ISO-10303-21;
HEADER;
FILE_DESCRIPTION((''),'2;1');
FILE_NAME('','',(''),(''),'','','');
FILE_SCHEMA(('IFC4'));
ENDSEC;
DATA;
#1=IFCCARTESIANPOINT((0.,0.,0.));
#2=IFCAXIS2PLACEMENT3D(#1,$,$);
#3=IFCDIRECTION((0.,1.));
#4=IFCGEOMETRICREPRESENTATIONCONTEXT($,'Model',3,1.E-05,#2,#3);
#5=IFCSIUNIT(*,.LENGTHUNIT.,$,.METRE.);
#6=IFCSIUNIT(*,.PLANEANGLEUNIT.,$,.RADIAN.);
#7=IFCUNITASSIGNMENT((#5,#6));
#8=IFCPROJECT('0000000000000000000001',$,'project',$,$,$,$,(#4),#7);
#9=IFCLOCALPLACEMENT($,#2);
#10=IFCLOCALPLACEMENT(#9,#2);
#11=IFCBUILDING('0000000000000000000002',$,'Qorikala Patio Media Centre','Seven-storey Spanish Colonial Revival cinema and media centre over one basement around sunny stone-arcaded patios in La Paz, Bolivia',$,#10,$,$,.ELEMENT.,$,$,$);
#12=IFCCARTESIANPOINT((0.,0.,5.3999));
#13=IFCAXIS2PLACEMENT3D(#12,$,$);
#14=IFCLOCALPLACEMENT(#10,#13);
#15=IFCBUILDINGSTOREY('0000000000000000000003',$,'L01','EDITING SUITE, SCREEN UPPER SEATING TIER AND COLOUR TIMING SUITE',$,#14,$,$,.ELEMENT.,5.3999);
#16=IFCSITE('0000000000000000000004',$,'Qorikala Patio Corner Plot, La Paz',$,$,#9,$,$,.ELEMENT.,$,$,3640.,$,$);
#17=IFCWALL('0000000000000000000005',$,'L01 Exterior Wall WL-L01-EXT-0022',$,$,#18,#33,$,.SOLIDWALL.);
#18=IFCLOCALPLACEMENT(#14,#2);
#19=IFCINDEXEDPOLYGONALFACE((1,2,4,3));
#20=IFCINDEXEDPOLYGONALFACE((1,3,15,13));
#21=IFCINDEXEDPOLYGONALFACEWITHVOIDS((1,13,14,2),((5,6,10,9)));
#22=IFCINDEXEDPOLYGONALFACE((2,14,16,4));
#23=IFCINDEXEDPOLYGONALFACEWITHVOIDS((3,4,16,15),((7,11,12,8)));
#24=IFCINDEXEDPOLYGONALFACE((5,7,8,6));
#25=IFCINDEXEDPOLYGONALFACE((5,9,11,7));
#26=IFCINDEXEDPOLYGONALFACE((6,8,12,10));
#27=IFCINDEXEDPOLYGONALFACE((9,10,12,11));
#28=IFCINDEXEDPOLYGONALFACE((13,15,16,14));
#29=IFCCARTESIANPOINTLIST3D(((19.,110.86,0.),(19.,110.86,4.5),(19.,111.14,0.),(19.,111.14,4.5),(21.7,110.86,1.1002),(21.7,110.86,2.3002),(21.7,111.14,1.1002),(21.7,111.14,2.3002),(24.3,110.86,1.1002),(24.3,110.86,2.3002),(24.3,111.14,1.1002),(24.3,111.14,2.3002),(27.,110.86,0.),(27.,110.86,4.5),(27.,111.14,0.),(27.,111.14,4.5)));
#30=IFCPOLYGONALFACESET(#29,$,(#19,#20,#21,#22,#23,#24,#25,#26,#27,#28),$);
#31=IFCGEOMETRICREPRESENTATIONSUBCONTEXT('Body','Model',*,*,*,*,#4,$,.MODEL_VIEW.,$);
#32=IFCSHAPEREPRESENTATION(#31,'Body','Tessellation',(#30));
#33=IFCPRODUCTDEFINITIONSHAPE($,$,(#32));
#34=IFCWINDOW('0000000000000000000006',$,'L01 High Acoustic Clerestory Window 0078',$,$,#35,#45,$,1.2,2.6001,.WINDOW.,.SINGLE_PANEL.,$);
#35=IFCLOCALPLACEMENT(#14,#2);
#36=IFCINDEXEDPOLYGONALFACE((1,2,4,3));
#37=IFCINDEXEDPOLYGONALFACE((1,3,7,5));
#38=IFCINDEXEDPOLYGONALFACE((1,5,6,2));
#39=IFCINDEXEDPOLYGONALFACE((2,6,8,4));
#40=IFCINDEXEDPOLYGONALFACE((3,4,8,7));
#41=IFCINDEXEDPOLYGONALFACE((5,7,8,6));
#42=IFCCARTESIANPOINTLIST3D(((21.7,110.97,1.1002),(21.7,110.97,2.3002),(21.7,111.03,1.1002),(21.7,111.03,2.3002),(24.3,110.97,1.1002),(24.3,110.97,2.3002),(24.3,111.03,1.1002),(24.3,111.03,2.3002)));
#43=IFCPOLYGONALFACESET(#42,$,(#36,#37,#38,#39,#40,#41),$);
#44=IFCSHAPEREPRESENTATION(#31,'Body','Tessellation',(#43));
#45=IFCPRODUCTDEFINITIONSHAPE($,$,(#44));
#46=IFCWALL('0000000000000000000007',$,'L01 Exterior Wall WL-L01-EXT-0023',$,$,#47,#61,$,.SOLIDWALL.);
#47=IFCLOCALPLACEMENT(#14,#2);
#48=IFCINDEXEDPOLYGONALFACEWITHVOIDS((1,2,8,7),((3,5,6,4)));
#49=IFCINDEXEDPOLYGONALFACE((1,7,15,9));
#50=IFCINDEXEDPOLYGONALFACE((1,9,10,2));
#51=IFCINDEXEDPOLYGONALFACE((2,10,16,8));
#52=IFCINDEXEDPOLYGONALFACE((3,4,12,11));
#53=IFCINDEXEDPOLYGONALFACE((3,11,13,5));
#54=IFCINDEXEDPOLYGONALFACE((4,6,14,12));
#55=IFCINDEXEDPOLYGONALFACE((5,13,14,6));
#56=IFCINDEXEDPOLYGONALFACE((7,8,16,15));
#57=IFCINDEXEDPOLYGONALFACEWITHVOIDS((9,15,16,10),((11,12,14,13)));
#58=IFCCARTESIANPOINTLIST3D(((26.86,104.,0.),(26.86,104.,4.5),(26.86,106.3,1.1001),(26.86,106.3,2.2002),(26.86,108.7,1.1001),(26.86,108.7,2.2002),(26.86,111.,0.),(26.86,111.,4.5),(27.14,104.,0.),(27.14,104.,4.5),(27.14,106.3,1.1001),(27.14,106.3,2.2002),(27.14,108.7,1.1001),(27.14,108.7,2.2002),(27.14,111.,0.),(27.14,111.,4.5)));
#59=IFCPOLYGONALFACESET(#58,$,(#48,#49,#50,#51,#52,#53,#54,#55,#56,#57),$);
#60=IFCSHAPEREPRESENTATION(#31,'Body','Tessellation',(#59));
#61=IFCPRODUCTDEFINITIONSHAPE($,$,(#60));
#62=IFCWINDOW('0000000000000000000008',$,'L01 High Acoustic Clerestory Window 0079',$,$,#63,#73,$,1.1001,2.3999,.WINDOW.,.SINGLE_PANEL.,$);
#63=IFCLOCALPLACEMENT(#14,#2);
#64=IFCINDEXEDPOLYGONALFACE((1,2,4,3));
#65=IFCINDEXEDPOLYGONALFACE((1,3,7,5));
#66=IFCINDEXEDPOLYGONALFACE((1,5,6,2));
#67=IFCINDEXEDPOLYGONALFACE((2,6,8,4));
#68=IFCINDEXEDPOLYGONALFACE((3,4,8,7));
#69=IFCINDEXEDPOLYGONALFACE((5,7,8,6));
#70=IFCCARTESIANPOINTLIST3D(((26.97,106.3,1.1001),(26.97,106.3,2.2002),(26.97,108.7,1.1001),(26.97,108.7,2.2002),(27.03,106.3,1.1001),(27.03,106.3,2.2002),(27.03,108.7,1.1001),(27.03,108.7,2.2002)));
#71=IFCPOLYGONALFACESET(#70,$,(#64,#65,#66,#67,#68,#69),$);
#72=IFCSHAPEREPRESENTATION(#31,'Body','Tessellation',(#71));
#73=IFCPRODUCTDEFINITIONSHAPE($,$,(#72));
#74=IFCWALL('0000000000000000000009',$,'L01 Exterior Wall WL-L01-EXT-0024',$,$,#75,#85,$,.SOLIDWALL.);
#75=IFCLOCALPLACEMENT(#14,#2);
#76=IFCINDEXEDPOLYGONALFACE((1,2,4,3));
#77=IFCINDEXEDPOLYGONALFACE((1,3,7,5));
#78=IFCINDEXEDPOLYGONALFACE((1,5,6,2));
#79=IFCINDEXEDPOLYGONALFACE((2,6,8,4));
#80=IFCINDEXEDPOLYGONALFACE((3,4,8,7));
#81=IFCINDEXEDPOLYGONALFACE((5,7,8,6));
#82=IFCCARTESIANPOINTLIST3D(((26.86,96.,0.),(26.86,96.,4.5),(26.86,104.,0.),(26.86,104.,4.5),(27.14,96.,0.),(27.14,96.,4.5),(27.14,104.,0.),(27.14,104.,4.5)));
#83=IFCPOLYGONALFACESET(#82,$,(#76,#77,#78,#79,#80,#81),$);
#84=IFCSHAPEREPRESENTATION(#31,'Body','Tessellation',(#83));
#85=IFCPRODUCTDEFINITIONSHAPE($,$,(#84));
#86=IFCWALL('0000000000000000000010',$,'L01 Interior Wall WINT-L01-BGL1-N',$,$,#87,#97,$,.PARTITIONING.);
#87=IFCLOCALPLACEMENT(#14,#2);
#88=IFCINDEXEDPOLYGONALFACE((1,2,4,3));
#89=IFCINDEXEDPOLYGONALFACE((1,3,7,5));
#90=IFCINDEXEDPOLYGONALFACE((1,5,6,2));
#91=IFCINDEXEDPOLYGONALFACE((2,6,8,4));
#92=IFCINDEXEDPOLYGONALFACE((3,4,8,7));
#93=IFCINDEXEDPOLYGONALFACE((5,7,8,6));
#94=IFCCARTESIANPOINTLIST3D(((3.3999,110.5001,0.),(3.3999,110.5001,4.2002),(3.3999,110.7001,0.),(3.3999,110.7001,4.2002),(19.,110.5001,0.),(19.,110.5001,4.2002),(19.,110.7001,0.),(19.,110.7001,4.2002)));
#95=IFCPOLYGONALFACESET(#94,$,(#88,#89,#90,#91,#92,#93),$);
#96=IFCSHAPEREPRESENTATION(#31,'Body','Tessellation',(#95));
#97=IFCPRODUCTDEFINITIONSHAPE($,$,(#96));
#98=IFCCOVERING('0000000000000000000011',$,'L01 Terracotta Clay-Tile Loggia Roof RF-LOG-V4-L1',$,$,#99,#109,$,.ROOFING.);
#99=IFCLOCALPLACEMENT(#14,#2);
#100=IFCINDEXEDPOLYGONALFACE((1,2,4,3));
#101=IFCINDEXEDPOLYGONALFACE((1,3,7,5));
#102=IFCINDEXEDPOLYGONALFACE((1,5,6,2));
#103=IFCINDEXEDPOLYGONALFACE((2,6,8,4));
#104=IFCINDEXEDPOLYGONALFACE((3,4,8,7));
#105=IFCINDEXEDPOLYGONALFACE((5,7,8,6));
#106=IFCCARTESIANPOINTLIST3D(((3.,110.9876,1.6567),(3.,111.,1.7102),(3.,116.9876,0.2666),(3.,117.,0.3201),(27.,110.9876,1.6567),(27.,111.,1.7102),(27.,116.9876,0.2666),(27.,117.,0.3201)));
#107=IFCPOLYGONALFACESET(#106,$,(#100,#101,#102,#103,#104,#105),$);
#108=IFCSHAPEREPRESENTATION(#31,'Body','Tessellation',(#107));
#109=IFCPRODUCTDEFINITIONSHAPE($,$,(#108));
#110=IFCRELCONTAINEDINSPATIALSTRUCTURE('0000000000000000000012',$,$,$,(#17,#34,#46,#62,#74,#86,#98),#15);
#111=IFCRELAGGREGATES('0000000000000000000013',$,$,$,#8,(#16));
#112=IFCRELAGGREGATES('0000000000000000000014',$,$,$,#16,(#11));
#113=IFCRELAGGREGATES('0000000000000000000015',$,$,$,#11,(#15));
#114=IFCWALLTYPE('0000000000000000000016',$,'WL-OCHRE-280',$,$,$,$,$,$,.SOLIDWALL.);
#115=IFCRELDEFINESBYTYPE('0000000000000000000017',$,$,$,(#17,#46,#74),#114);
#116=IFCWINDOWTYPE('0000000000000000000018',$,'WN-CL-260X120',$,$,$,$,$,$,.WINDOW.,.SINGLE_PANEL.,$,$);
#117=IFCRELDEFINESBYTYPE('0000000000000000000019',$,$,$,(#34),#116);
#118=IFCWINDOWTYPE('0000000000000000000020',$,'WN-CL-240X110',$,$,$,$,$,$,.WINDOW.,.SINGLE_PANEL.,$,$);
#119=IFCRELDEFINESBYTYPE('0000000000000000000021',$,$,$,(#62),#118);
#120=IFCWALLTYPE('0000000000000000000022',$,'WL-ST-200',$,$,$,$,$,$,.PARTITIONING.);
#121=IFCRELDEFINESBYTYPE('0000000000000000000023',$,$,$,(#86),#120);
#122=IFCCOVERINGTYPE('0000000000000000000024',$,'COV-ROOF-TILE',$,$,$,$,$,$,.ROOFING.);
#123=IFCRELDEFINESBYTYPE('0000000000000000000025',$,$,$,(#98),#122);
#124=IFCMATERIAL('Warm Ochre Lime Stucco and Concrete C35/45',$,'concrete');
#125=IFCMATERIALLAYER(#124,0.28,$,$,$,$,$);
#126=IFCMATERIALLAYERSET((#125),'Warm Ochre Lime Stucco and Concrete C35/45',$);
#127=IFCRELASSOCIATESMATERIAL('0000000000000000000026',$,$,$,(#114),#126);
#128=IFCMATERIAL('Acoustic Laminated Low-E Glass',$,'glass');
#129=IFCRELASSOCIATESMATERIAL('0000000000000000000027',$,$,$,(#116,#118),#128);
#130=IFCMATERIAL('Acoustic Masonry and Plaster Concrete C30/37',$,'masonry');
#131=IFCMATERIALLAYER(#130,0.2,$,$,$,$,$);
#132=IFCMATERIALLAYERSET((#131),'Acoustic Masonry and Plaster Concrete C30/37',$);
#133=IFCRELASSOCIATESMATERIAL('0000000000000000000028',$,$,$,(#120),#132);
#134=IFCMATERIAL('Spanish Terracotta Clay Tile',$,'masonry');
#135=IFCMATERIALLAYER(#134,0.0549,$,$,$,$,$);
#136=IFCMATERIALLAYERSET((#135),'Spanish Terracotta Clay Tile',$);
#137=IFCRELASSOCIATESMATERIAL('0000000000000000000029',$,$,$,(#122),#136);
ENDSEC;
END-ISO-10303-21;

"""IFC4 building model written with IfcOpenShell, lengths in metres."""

from ifc_helpers import new_model, si_unit, direction, frame, frame_2d, origin, place, context, subcontext, project, spatial, polyline, rectangle, outline, extrude, material, layer, layer_set, type_object, element, fill, save


model = new_model("IFC4")

# Units and contexts
model_context = context("Model", 3, precision=1e-05, world=origin(), true_north=direction((0.0, 1.0)))
body_context = subcontext(model_context, "Body", "Model", "MODEL_VIEW")
ifc_project = project(units=[si_unit("LENGTHUNIT", "METRE"), si_unit("PLANEANGLEUNIT", "RADIAN")], contexts=[model_context])

# Site, building, storey
site_placement = place(None, origin())
site = spatial("IfcSite", under=ifc_project, at=site_placement, Name="Qorikala Patio Corner Plot, La Paz", CompositionType="ELEMENT", RefElevation=3640.0)
building_placement = place(site_placement, origin())
building = spatial("IfcBuilding", under=site, at=building_placement, Name="Qorikala Patio Media Centre", Description="Seven-storey Spanish Colonial Revival cinema and media centre over one basement around sunny stone-arcaded patios in La Paz, Bolivia", CompositionType="ELEMENT")
storey_placement = place(building_placement, frame((0.0, 0.0, 5.3999)))
storey = spatial("IfcBuildingStorey", under=building, at=storey_placement, Name="L01", Description="EDITING SUITE, SCREEN UPPER SEATING TIER AND COLOUR TIMING SUITE", CompositionType="ELEMENT", Elevation=5.3999)

# Shared definitions
ifc_material_1 = material(Name="Warm Ochre Lime Stucco and Concrete C35/45", Category="concrete")
ifc_layer_1 = layer(ifc_material_1, 0.28)
ifc_layer_set_1 = layer_set([ifc_layer_1], Name="Warm Ochre Lime Stucco and Concrete C35/45")
wall_type_1 = type_object("IfcWallType", Name="WL-OCHRE-280", PredefinedType="SOLIDWALL", material=ifc_layer_set_1)
ifc_material_2 = material(Name="Acoustic Laminated Low-E Glass", Category="glass")

# Walls, openings, windows
wall_1_placement = place(storey_placement, frame((19.0, 111.0, 0.0), z_axis=(0.0, 0.0, 1.0), x_axis=(1.0, 0.0, 0.0)))
wall_1 = element("IfcWall", 1, at=wall_1_placement, inside=storey, type_object=wall_type_1, Name="L01 Exterior Wall WL-L01-EXT-0022", PredefinedType="SOLIDWALL", context=body_context, shape_type="SweptSolid", body=[
    extrude(rectangle(XDim=8.0, YDim=0.28, at=frame_2d((4.0, 0.0))), origin(), (0.0, 0.0, 1.0), 4.5),
])
opening_1_placement = place(wall_1_placement, frame((2.7, 0.0, 1.1001)))
opening_1 = element("IfcOpeningElement", 2, at=opening_1_placement, cuts=wall_1, PredefinedType="OPENING", context=body_context, shape_type="SweptSolid", body=[
    extrude(rectangle(XDim=2.6001, YDim=1.2, at=frame_2d((1.3, 0.6001))), frame((0.0, 0.1499, 0.0), z_axis=(0.0, -1.0, 0.0), x_axis=(1.0, 0.0, 0.0)), (0.0, 0.0, 1.0), 0.3),
])
window_type_1 = type_object("IfcWindowType", Name="WN-CL-260X120", PartitioningType="SINGLE_PANEL", PredefinedType="WINDOW", material=ifc_material_2)
window_1_placement = place(opening_1_placement, origin())
window_1 = element("IfcWindow", 3, at=window_1_placement, inside=storey, type_object=window_type_1, Name="L01 High Acoustic Clerestory Window 0078", OverallHeight=1.2, OverallWidth=2.6001, PartitioningType="SINGLE_PANEL", PredefinedType="WINDOW", context=body_context, shape_type="SweptSolid", body=[
    extrude(rectangle(XDim=2.6001, YDim=1.2, at=frame_2d((1.3, 0.6001))), frame((0.0, 0.03, 0.0), z_axis=(0.0, -1.0, 0.0), x_axis=(1.0, 0.0, 0.0)), (0.0, 0.0, 1.0), 0.0601),
])
fill(opening_1, window_1)
wall_2_placement = place(storey_placement, frame((27.0, 111.0, 0.0), z_axis=(0.0, 0.0, 1.0), x_axis=(0.0, -1.0, 0.0)))
wall_2 = element("IfcWall", 4, at=wall_2_placement, inside=storey, type_object=wall_type_1, Name="L01 Exterior Wall WL-L01-EXT-0023", PredefinedType="SOLIDWALL", context=body_context, shape_type="SweptSolid", body=[
    extrude(rectangle(XDim=7.0, YDim=0.28, at=frame_2d((3.5, 0.0))), origin(), (0.0, 0.0, 1.0), 4.5),
])
opening_2_placement = place(wall_2_placement, frame((2.3, 0.0, 1.1001)))
opening_2 = element("IfcOpeningElement", 5, at=opening_2_placement, cuts=wall_2, PredefinedType="OPENING", context=body_context, shape_type="SweptSolid", body=[
    extrude(rectangle(XDim=2.3999, YDim=1.1001, at=frame_2d((1.2, 0.55))), frame((0.0, 0.1499, 0.0), z_axis=(0.0, -1.0, 0.0), x_axis=(1.0, 0.0, 0.0)), (0.0, 0.0, 1.0), 0.3),
])
window_type_2 = type_object("IfcWindowType", Name="WN-CL-240X110", PartitioningType="SINGLE_PANEL", PredefinedType="WINDOW", material=ifc_material_2)
window_2_placement = place(opening_2_placement, origin())
window_2 = element("IfcWindow", 6, at=window_2_placement, inside=storey, type_object=window_type_2, Name="L01 High Acoustic Clerestory Window 0079", OverallHeight=1.1001, OverallWidth=2.3999, PartitioningType="SINGLE_PANEL", PredefinedType="WINDOW", context=body_context, shape_type="SweptSolid", body=[
    extrude(rectangle(XDim=2.3999, YDim=1.1001, at=frame_2d((1.2, 0.55))), frame((0.0, 0.03, 0.0), z_axis=(0.0, -1.0, 0.0), x_axis=(1.0, 0.0, 0.0)), (0.0, 0.0, 1.0), 0.0601),
])
fill(opening_2, window_2)

# Walls
wall_3_placement = place(storey_placement, frame((27.0, 104.0, 0.0), z_axis=(0.0, 0.0, 1.0), x_axis=(0.0, -1.0, 0.0)))
element("IfcWall", 7, at=wall_3_placement, inside=storey, type_object=wall_type_1, Name="L01 Exterior Wall WL-L01-EXT-0024", PredefinedType="SOLIDWALL", context=body_context, shape_type="SweptSolid", body=[
    extrude(rectangle(XDim=8.0, YDim=0.28, at=frame_2d((4.0, 0.0))), origin(), (0.0, 0.0, 1.0), 4.5),
])
ifc_material_3 = material(Name="Acoustic Masonry and Plaster Concrete C30/37", Category="masonry")
ifc_layer_2 = layer(ifc_material_3, 0.2)
ifc_layer_set_2 = layer_set([ifc_layer_2], Name="Acoustic Masonry and Plaster Concrete C30/37")
wall_type_2 = type_object("IfcWallType", Name="WL-ST-200", PredefinedType="PARTITIONING", material=ifc_layer_set_2)
wall_4_placement = place(storey_placement, frame((3.3999, 110.6001, 0.0), z_axis=(0.0, 0.0, 1.0), x_axis=(1.0, 0.0, 0.0)))
element("IfcWall", 8, at=wall_4_placement, inside=storey, type_object=wall_type_2, Name="L01 Interior Wall WINT-L01-BGL1-N", PredefinedType="PARTITIONING", context=body_context, shape_type="SweptSolid", body=[
    extrude(rectangle(XDim=15.6001, YDim=0.2, at=frame_2d((7.8, 0.0))), origin(), (0.0, 0.0, 1.0), 4.2002),
])

# Covering
ifc_material_4 = material(Name="Spanish Terracotta Clay Tile", Category="masonry")
ifc_layer_3 = layer(ifc_material_4, 0.0549)
ifc_layer_set_3 = layer_set([ifc_layer_3], Name="Spanish Terracotta Clay Tile")
covering_type = type_object("IfcCoveringType", Name="COV-ROOF-TILE", PredefinedType="ROOFING", material=ifc_layer_set_3)
covering_placement = place(storey_placement, frame((3.0, 117.0, 0.3201), z_axis=(0.0, 0.225711, 0.974194), x_axis=(1.0, 0.0, 0.0)))
element("IfcCovering", 9, at=covering_placement, inside=storey, type_object=covering_type, Name="L01 Terracotta Clay-Tile Loggia Roof RF-LOG-V4-L1", PredefinedType="ROOFING", context=body_context, shape_type="SweptSolid", body=[
    extrude(outline(polyline([(0.0, 0.0), (24.0, 0.0), (24.0, -6.1589), (0.0, -6.1589), (0.0, 0.0)])), origin(), (0.0, 0.0, -1.0), 0.0549),
])

save(model, "model.ifc")
